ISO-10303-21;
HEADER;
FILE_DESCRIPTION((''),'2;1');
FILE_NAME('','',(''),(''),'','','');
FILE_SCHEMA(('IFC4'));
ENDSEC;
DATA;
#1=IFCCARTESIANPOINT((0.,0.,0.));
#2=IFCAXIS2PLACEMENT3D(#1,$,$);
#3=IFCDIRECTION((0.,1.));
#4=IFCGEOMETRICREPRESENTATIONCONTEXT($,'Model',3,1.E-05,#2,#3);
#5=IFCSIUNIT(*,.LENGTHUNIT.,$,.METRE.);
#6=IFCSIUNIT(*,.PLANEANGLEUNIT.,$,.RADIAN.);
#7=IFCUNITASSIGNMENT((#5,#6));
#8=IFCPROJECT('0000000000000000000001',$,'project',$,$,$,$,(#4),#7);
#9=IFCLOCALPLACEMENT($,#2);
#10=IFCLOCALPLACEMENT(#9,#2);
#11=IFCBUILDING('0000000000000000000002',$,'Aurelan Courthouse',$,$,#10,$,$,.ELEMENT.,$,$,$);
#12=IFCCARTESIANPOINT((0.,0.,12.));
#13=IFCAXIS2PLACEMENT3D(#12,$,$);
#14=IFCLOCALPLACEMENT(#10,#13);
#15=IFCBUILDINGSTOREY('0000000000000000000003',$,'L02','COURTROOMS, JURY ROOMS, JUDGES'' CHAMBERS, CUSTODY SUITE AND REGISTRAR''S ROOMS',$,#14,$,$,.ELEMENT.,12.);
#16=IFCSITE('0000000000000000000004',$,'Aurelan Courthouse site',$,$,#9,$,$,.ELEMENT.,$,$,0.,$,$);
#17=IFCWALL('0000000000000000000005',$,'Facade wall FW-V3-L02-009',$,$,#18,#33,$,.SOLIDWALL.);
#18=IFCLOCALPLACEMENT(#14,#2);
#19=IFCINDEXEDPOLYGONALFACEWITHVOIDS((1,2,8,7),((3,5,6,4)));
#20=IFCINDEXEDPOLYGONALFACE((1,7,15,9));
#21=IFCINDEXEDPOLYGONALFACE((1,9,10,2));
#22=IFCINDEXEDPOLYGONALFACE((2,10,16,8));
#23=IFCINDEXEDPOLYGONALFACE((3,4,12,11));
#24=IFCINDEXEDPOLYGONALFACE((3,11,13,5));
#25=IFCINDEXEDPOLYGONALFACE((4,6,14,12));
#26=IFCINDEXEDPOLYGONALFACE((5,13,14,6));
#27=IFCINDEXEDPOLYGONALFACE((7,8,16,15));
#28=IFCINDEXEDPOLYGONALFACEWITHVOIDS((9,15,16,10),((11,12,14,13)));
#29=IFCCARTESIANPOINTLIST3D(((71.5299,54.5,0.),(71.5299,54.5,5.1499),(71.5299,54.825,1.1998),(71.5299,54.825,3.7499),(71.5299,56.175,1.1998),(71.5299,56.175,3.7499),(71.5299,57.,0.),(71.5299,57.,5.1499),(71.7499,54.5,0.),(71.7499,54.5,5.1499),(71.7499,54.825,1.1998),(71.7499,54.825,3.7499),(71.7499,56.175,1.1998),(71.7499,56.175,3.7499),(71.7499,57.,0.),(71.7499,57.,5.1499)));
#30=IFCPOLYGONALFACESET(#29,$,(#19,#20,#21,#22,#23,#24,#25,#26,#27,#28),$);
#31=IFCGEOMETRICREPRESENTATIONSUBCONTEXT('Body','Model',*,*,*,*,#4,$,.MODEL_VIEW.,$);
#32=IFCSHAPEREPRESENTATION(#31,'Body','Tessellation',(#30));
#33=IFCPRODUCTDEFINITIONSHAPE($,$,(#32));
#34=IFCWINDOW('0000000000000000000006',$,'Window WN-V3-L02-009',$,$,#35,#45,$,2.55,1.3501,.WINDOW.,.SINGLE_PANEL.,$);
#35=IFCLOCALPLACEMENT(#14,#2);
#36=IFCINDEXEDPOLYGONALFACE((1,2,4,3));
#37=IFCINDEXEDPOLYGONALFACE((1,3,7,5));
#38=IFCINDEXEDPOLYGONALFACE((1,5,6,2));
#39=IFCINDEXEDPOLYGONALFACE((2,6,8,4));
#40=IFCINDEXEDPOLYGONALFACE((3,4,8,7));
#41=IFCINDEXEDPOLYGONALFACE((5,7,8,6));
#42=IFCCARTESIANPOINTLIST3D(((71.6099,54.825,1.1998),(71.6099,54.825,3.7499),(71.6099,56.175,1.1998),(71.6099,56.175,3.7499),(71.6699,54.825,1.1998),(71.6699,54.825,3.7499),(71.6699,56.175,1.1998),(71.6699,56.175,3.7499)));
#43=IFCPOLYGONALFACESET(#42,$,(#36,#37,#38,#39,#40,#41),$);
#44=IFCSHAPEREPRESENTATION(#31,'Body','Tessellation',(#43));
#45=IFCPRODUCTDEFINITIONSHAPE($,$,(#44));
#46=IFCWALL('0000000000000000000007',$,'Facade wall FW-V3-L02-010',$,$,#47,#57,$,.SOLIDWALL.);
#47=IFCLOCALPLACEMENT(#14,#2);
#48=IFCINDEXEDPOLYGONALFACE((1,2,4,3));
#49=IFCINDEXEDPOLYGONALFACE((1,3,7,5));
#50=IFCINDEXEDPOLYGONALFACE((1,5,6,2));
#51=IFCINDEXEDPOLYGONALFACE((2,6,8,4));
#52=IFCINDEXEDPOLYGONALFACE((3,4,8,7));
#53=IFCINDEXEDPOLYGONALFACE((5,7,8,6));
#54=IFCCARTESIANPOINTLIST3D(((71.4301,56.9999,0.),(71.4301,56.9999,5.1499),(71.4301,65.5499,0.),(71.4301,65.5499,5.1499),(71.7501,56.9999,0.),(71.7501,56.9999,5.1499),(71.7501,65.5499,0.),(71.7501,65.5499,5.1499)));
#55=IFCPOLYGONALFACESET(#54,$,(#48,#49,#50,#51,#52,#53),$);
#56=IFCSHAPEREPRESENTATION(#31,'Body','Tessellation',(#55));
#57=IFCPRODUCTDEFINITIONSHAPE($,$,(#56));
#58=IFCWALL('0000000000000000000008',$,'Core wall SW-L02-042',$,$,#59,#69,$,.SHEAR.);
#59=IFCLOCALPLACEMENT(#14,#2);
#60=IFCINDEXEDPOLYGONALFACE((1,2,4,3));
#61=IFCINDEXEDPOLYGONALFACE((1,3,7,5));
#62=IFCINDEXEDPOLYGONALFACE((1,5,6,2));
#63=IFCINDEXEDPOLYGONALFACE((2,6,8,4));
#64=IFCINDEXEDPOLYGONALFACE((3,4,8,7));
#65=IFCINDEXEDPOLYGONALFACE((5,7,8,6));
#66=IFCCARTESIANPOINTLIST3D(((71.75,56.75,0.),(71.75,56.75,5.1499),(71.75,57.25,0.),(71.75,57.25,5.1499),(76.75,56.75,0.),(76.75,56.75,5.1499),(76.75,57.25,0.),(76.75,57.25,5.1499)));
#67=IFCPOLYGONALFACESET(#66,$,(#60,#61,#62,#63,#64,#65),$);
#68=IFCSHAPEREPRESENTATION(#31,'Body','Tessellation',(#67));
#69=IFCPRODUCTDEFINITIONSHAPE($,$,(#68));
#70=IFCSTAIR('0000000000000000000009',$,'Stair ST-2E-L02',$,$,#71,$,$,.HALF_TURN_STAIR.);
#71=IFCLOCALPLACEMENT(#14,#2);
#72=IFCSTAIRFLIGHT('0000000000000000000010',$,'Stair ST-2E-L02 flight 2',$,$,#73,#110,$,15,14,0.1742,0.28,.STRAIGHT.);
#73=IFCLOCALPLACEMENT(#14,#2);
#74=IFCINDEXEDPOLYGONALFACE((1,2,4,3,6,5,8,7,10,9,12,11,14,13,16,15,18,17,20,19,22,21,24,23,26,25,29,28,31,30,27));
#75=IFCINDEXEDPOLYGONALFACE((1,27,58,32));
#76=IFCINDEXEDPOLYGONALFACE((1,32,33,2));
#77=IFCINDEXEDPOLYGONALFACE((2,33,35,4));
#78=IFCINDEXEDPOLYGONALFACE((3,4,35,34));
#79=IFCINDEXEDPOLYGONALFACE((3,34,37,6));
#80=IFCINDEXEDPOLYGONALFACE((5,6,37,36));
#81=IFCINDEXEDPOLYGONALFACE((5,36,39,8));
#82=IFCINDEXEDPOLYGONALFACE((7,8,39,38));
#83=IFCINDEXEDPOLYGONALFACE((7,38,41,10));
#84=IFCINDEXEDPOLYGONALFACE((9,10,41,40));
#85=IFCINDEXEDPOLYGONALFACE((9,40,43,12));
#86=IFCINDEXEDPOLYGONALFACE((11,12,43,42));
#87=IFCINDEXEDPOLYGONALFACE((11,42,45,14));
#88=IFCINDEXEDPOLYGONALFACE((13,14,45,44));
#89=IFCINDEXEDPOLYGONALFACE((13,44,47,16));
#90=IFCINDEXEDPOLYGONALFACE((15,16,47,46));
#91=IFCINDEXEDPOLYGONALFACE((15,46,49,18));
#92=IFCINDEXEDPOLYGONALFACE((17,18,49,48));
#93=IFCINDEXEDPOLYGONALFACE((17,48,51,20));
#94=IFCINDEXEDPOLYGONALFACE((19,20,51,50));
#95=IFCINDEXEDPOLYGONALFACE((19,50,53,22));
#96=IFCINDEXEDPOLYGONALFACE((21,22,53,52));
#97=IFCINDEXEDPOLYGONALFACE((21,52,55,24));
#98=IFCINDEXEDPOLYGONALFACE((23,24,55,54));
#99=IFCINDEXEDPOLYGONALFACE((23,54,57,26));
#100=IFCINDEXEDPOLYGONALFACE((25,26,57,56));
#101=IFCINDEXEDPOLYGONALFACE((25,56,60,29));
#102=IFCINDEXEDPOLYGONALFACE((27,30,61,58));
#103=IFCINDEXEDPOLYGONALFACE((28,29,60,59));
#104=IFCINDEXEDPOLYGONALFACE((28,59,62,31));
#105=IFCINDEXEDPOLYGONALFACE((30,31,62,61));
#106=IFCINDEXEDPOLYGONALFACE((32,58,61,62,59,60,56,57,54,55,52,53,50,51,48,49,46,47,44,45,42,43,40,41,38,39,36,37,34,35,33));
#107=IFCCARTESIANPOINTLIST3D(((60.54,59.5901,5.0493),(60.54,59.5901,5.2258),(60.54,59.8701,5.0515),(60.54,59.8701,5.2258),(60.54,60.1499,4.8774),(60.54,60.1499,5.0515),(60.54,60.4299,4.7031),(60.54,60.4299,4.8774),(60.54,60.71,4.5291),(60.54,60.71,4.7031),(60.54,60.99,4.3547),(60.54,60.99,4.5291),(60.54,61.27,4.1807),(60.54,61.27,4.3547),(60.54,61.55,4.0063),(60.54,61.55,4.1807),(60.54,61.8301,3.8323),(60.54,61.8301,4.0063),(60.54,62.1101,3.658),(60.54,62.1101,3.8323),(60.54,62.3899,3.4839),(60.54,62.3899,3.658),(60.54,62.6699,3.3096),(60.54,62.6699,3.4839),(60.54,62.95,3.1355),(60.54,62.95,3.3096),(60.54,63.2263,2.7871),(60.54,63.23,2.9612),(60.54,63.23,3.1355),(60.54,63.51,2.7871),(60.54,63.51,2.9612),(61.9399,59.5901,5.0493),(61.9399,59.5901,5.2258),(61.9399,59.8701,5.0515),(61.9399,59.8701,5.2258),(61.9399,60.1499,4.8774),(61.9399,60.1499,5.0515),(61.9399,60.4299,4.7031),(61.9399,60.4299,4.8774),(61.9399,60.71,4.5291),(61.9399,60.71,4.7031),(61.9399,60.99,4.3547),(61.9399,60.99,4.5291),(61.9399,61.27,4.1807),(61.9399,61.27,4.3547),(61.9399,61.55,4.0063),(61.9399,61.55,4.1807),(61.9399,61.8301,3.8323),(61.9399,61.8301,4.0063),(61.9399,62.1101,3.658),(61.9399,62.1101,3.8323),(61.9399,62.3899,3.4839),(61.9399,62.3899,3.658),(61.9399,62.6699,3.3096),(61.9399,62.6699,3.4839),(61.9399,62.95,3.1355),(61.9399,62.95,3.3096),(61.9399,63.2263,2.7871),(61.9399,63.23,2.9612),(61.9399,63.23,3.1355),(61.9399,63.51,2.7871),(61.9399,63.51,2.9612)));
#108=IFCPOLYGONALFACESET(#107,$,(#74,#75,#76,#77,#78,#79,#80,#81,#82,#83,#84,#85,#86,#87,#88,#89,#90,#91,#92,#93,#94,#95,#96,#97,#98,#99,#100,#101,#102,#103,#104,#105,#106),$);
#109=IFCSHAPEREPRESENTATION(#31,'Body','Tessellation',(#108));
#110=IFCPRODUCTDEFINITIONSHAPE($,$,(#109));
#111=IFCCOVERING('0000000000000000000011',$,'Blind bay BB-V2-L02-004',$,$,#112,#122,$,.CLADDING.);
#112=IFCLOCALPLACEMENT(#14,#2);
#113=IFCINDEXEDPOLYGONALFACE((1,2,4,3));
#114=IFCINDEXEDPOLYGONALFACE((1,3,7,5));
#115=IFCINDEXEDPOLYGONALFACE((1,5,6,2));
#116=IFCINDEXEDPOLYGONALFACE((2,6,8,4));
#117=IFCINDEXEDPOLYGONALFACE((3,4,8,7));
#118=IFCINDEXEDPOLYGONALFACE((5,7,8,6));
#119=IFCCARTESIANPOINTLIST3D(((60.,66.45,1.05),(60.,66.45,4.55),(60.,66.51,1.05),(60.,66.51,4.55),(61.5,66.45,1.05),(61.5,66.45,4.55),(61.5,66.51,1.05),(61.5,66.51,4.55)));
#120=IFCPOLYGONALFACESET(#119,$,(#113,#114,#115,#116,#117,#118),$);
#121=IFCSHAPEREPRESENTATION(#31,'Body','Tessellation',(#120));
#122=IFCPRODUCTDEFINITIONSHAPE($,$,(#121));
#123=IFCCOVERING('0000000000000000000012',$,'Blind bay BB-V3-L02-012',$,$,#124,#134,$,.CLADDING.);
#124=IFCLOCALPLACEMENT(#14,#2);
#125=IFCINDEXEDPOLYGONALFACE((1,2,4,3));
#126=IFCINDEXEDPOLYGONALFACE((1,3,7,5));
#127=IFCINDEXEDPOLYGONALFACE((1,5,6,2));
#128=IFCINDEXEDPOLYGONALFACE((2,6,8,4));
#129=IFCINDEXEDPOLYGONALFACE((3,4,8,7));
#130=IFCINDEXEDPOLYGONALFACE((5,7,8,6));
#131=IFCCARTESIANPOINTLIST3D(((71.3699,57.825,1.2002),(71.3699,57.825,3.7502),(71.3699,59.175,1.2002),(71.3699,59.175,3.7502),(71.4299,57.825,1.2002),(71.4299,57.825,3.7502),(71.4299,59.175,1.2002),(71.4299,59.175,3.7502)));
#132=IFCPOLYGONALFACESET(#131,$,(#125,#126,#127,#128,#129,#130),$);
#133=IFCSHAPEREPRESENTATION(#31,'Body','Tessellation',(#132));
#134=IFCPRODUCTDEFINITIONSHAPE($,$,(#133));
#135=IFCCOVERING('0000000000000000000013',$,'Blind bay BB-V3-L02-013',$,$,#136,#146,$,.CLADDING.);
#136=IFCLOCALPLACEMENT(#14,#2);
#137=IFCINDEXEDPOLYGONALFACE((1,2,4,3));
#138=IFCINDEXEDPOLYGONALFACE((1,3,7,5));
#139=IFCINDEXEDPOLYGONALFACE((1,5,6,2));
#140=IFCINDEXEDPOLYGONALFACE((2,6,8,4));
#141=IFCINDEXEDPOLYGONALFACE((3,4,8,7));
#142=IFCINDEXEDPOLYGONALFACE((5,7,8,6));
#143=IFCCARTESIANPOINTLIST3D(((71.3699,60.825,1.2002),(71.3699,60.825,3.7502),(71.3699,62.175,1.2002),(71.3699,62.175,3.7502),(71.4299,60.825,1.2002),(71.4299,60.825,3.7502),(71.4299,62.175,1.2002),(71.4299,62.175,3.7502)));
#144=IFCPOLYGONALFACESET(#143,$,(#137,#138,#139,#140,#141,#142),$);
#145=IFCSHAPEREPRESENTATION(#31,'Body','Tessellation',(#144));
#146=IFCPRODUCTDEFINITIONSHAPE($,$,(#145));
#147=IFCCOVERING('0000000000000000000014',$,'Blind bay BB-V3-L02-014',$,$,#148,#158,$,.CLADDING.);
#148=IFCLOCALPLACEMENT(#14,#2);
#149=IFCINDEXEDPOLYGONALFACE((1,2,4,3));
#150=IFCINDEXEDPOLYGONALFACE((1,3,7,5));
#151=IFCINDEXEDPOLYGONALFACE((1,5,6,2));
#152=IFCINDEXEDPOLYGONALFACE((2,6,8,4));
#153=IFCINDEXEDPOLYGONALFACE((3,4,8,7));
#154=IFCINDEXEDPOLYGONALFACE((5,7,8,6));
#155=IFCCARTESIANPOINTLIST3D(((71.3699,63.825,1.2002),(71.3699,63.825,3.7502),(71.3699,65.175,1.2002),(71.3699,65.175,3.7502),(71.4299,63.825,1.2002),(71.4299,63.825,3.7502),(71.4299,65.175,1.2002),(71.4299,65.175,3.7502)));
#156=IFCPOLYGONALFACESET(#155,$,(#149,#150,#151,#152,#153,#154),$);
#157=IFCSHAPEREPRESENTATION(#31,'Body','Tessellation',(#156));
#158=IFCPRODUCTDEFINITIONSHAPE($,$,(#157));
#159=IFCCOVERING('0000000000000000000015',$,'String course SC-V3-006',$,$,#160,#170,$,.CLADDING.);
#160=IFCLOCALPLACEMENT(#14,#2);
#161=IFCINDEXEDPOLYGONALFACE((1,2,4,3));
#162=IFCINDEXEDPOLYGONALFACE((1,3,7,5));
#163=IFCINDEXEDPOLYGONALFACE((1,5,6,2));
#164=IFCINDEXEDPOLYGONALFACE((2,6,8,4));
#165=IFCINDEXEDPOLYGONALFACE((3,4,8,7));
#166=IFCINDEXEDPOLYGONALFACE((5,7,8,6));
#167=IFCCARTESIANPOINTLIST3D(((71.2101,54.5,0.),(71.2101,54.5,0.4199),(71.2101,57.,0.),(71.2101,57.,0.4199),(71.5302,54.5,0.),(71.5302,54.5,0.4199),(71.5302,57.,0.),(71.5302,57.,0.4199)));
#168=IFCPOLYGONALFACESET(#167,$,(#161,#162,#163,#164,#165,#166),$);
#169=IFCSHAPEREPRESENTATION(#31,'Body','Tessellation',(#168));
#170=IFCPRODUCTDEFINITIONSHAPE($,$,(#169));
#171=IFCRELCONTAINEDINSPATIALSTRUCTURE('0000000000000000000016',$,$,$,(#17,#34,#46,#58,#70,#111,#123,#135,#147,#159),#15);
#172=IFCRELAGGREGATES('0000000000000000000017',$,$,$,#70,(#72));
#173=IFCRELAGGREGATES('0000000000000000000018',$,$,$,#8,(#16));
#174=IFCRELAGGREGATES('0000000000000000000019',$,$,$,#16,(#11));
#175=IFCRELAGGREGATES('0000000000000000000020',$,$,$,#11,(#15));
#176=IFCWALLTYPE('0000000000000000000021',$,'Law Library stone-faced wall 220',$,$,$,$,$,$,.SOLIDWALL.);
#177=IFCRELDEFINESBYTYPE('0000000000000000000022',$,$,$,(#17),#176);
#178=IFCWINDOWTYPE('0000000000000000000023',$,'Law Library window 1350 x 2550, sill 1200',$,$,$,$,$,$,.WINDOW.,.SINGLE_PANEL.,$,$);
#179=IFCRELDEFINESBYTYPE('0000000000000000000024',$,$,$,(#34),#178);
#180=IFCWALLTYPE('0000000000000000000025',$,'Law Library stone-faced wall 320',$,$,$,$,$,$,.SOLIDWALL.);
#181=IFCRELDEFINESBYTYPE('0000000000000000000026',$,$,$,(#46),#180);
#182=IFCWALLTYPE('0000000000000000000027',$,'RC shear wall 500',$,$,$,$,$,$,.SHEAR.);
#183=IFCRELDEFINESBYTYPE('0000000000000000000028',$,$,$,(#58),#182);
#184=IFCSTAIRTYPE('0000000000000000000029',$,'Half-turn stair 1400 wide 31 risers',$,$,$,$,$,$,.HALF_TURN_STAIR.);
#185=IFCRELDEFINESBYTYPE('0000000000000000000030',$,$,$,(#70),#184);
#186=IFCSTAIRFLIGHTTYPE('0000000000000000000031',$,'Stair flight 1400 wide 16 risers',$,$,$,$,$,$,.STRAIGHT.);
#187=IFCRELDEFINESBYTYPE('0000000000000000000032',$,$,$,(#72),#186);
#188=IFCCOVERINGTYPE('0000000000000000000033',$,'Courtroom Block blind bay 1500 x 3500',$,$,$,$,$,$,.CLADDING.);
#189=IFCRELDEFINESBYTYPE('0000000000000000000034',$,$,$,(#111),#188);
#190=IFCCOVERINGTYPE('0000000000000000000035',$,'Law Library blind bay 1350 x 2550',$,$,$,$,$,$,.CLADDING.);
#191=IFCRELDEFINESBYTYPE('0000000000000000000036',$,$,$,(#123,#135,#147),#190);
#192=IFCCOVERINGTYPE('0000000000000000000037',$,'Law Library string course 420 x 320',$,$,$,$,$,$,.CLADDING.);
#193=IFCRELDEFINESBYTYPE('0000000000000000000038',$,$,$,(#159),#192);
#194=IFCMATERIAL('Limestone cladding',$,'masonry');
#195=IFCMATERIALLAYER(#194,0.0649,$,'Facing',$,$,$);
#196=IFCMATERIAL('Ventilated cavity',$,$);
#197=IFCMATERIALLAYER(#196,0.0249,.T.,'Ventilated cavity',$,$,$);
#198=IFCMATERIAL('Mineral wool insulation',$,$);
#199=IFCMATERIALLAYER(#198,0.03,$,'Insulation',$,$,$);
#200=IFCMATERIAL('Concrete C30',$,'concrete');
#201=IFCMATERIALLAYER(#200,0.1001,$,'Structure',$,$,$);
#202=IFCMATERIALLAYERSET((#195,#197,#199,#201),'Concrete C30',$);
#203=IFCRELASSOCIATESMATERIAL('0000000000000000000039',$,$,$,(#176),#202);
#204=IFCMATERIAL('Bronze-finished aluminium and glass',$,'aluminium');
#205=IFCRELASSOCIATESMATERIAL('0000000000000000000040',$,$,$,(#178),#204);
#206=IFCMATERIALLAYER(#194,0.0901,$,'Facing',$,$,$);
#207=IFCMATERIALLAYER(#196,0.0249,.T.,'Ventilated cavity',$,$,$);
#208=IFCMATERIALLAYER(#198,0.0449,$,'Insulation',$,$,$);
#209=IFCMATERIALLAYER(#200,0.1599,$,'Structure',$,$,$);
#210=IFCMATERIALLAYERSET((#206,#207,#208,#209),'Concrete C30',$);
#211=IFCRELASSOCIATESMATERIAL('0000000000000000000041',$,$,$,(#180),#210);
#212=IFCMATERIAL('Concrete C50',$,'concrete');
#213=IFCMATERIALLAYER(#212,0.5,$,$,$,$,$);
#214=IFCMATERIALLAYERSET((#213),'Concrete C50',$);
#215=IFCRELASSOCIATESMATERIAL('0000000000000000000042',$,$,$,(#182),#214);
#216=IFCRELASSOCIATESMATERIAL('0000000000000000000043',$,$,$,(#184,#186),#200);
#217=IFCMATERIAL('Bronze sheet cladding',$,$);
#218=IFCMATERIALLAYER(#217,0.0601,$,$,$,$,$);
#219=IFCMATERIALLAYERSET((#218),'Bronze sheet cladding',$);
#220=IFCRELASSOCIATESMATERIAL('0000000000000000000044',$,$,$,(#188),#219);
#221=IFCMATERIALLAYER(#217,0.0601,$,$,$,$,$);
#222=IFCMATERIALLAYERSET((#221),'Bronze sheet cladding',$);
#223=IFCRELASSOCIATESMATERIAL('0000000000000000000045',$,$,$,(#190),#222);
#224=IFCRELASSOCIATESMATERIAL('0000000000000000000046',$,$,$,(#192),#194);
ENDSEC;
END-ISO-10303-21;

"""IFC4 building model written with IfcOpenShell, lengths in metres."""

from ifc_helpers import new_model, si_unit, direction, frame, frame_2d, origin, origin_2d, place, context, subcontext, project, spatial, polyline, rectangle, outline, extrude, material, layer, layer_set, type_object, element, fill, aggregate, save


model = new_model("IFC4")

# Units and contexts
model_context = context("Model", 3, precision=1e-05, world=origin(), true_north=direction((0.0, 1.0)))
body_context = subcontext(model_context, "Body", "Model", "MODEL_VIEW")
ifc_project = project(units=[si_unit("LENGTHUNIT", "METRE"), si_unit("PLANEANGLEUNIT", "RADIAN")], contexts=[model_context])

# Site, building, storey
site_placement = place(None, origin())
site = spatial("IfcSite", under=ifc_project, at=site_placement, Name="Aurelan Courthouse site", CompositionType="ELEMENT", RefElevation=0.0)
building_placement = place(site_placement, origin())
building = spatial("IfcBuilding", under=site, at=building_placement, Name="Aurelan Courthouse", CompositionType="ELEMENT")
storey_placement = place(building_placement, frame((0.0, 0.0, 12.0)))
storey = spatial("IfcBuildingStorey", under=building, at=storey_placement, Name="L02", Description="COURTROOMS, JURY ROOMS, JUDGES' CHAMBERS, CUSTODY SUITE AND REGISTRAR'S ROOMS", CompositionType="ELEMENT", Elevation=12.0)

# Wall, opening, window
ifc_material_1 = material(Name="Limestone cladding", Category="masonry")
ifc_layer_1 = layer(ifc_material_1, 0.0649, Name="Facing")
ifc_material_2 = material(Name="Ventilated cavity")
ifc_layer_2 = layer(ifc_material_2, 0.0249, ventilated=True, Name="Ventilated cavity")
ifc_material_3 = material(Name="Mineral wool insulation")
ifc_layer_3 = layer(ifc_material_3, 0.03, Name="Insulation")
ifc_material_4 = material(Name="Concrete C30", Category="concrete")
ifc_layer_4 = layer(ifc_material_4, 0.1001, Name="Structure")
ifc_layer_set_1 = layer_set([ifc_layer_1, ifc_layer_2, ifc_layer_3, ifc_layer_4], Name="Concrete C30")
wall_type_1 = type_object("IfcWallType", Name="Law Library stone-faced wall 220", PredefinedType="SOLIDWALL", material=ifc_layer_set_1)
wall_1_placement = place(storey_placement, frame((71.6399, 54.5, 0.0), z_axis=(0.0, 0.0, 1.0), x_axis=(0.0, 1.0, 0.0)))
wall_1 = element("IfcWall", 1, at=wall_1_placement, inside=storey, type_object=wall_type_1, Name="Facade wall FW-V3-L02-009", PredefinedType="SOLIDWALL", context=body_context, shape_type="SweptSolid", body=[
    extrude(rectangle(XDim=2.5, YDim=0.22, at=frame_2d((1.25, 0.0))), origin(), (0.0, 0.0, 1.0), 5.1499),
])
opening_placement = place(wall_1_placement, frame((0.325, 0.0, 1.2)))
opening = element("IfcOpeningElement", 2, at=opening_placement, cuts=wall_1, PredefinedType="OPENING", context=body_context, shape_type="SweptSolid", body=[
    extrude(rectangle(XDim=1.3501, YDim=2.55, at=frame_2d((0.675, 1.2749))), frame((0.0, 0.1199, 0.0), z_axis=(0.0, -1.0, 0.0), x_axis=(1.0, 0.0, 0.0)), (0.0, 0.0, 1.0), 0.24),
])
ifc_material_5 = material(Name="Bronze-finished aluminium and glass", Category="aluminium")
window_type = type_object("IfcWindowType", Name="Law Library window 1350 x 2550, sill 1200", PartitioningType="SINGLE_PANEL", PredefinedType="WINDOW", material=ifc_material_5)
window_placement = place(opening_placement, origin())
window = element("IfcWindow", 3, at=window_placement, inside=storey, type_object=window_type, Name="Window WN-V3-L02-009", OverallHeight=2.55, OverallWidth=1.3501, PartitioningType="SINGLE_PANEL", PredefinedType="WINDOW", context=body_context, shape_type="SweptSolid", body=[
    extrude(rectangle(XDim=1.3501, YDim=2.55, at=frame_2d((0.675, 1.2749))), frame((0.0, 0.03, 0.0), z_axis=(0.0, -1.0, 0.0), x_axis=(1.0, 0.0, 0.0)), (0.0, 0.0, 1.0), 0.0601),
])
fill(opening, window)

# Walls
ifc_layer_5 = layer(ifc_material_1, 0.0901, Name="Facing")
ifc_layer_6 = layer(ifc_material_2, 0.0249, ventilated=True, Name="Ventilated cavity")
ifc_layer_7 = layer(ifc_material_3, 0.0449, Name="Insulation")
ifc_layer_8 = layer(ifc_material_4, 0.1599, Name="Structure")
ifc_layer_set_2 = layer_set([ifc_layer_5, ifc_layer_6, ifc_layer_7, ifc_layer_8], Name="Concrete C30")
wall_type_2 = type_object("IfcWallType", Name="Law Library stone-faced wall 320", PredefinedType="SOLIDWALL", material=ifc_layer_set_2)
wall_2_placement = place(storey_placement, frame((71.5901, 57.0, 0.0), z_axis=(0.0, 0.0, 1.0), x_axis=(0.0, 1.0, 0.0)))
element("IfcWall", 4, at=wall_2_placement, inside=storey, type_object=wall_type_2, Name="Facade wall FW-V3-L02-010", PredefinedType="SOLIDWALL", context=body_context, shape_type="SweptSolid", body=[
    extrude(rectangle(XDim=8.55, YDim=0.3201, at=frame_2d((4.2749, 0.0))), origin(), (0.0, 0.0, 1.0), 5.1499),
])
ifc_material_6 = material(Name="Concrete C50", Category="concrete")
ifc_layer_9 = layer(ifc_material_6, 0.5)
ifc_layer_set_3 = layer_set([ifc_layer_9], Name="Concrete C50")
wall_type_3 = type_object("IfcWallType", Name="RC shear wall 500", PredefinedType="SHEAR", material=ifc_layer_set_3)
wall_3_placement = place(storey_placement, frame((71.75, 57.0, 0.0), z_axis=(0.0, 0.0, 1.0), x_axis=(1.0, 0.0, 0.0)))
element("IfcWall", 5, at=wall_3_placement, inside=storey, type_object=wall_type_3, Name="Core wall SW-L02-042", PredefinedType="SHEAR", context=body_context, shape_type="SweptSolid", body=[
    extrude(rectangle(XDim=5.0, YDim=0.5, at=frame_2d((2.5, 0.0))), origin(), (0.0, 0.0, 1.0), 5.1499),
])

# Stair, stair flight
stair_type = type_object("IfcStairType", Name="Half-turn stair 1400 wide 31 risers", PredefinedType="HALF_TURN_STAIR", material=ifc_material_4)
stair_placement = place(storey_placement, origin())
stair = element("IfcStair", 6, at=stair_placement, inside=storey, type_object=stair_type, Name="Stair ST-2E-L02", PredefinedType="HALF_TURN_STAIR")
stair_flight_type = type_object("IfcStairFlightType", Name="Stair flight 1400 wide 16 risers", PredefinedType="STRAIGHT", material=ifc_material_4)
stair_flight_placement = place(storey_placement, frame((61.24, 63.51, 2.7871), z_axis=(0.0, 0.0, 1.0), x_axis=(0.0, -1.0, 0.0)))
stair_flight = element("IfcStairFlight", 7, at=stair_flight_placement, type_object=stair_flight_type, Name="Stair ST-2E-L02 flight 2", NumberOfRisers=15, NumberOfTreads=14, PredefinedType="STRAIGHT", RiserHeight=0.1742, TreadLength=0.28, context=body_context, shape_type="SweptSolid", body=[
    extrude(outline(polyline([(0.0, 0.0), (0.0, 0.1741), (0.28, 0.1741), (0.28, 0.3484), (0.5601, 0.3484), (0.5601, 0.5225), (0.8401, 0.5225), (0.8401, 0.6968), (1.1201, 0.6968), (1.1201, 0.8708), (1.3999, 0.8708), (1.3999, 1.0452), (1.6799, 1.0452), (1.6799, 1.2192), (1.96, 1.2192), (1.96, 1.3936), (2.24, 1.3936), (2.24, 1.5676), (2.52, 1.5676), (2.52, 1.7419), (2.8, 1.7419), (2.8, 1.916), (3.0801, 1.916), (3.0801, 2.0903), (3.3601, 2.0903), (3.3601, 2.2644), (3.6399, 2.2644), (3.6399, 2.4387), (3.9199, 2.4387), (3.9199, 2.6128), (3.9199, 2.2622), (0.2837, 0.0), (0.0, 0.0)])), frame((0.0, 0.7, 0.0), z_axis=(0.0, -1.0, 0.0), x_axis=(1.0, 0.0, 0.0)), (0.0, 0.0, 1.0), 1.3999),
])
aggregate(stair, [stair_flight])

# Coverings
ifc_material_7 = material(Name="Bronze sheet cladding")
ifc_layer_10 = layer(ifc_material_7, 0.0601)
ifc_layer_set_4 = layer_set([ifc_layer_10], Name="Bronze sheet cladding")
covering_type_1 = type_object("IfcCoveringType", Name="Courtroom Block blind bay 1500 x 3500", PredefinedType="CLADDING", material=ifc_layer_set_4)
covering_1_placement = place(storey_placement, frame((60.75, 66.48, 1.05), z_axis=(0.0, 0.0, 1.0), x_axis=(1.0, 0.0, 0.0)))
element("IfcCovering", 8, at=covering_1_placement, inside=storey, type_object=covering_type_1, Name="Blind bay BB-V2-L02-004", PredefinedType="CLADDING", context=body_context, shape_type="SweptSolid", body=[
    extrude(rectangle(XDim=1.5, YDim=0.0601, at=origin_2d()), origin(), (0.0, 0.0, 1.0), 3.5),
])
ifc_layer_11 = layer(ifc_material_7, 0.0601)
ifc_layer_set_5 = layer_set([ifc_layer_11], Name="Bronze sheet cladding")
covering_type_2 = type_object("IfcCoveringType", Name="Law Library blind bay 1350 x 2550", PredefinedType="CLADDING", material=ifc_layer_set_5)
for number, where, z_axis, x_axis, name in (
    (9, (71.3999, 58.5, 1.2002), (0.0, 0.0, 1.0), (1.0, 0.0, 0.0), "Blind bay BB-V3-L02-012"),
    (10, (71.3999, 61.5, 1.2002), (0.0, 0.0, 1.0), (1.0, 0.0, 0.0), "Blind bay BB-V3-L02-013"),
    (11, (71.3999, 64.5, 1.2002), (0.0, 0.0, 1.0), (1.0, 0.0, 0.0), "Blind bay BB-V3-L02-014"),
):
    element("IfcCovering", number, at=place(storey_placement, frame(where, z_axis=z_axis, x_axis=x_axis)), inside=storey, type_object=covering_type_2, Name=name, PredefinedType="CLADDING", context=body_context, shape_type="SweptSolid", body=[
        extrude(rectangle(XDim=0.0601, YDim=1.3501, at=origin_2d()), origin(), (0.0, 0.0, 1.0), 2.55),
    ])
covering_type_3 = type_object("IfcCoveringType", Name="Law Library string course 420 x 320", PredefinedType="CLADDING", material=ifc_material_1)
covering_2_placement = place(storey_placement, frame((71.3701, 55.75, 0.0), z_axis=(0.0, 0.0, 1.0), x_axis=(1.0, 0.0, 0.0)))
element("IfcCovering", 12, at=covering_2_placement, inside=storey, type_object=covering_type_3, Name="String course SC-V3-006", PredefinedType="CLADDING", context=body_context, shape_type="SweptSolid", body=[
    extrude(rectangle(XDim=0.3201, YDim=2.5, at=origin_2d()), origin(), (0.0, 0.0, 1.0), 0.4199),
])

save(model, "model.ifc")
